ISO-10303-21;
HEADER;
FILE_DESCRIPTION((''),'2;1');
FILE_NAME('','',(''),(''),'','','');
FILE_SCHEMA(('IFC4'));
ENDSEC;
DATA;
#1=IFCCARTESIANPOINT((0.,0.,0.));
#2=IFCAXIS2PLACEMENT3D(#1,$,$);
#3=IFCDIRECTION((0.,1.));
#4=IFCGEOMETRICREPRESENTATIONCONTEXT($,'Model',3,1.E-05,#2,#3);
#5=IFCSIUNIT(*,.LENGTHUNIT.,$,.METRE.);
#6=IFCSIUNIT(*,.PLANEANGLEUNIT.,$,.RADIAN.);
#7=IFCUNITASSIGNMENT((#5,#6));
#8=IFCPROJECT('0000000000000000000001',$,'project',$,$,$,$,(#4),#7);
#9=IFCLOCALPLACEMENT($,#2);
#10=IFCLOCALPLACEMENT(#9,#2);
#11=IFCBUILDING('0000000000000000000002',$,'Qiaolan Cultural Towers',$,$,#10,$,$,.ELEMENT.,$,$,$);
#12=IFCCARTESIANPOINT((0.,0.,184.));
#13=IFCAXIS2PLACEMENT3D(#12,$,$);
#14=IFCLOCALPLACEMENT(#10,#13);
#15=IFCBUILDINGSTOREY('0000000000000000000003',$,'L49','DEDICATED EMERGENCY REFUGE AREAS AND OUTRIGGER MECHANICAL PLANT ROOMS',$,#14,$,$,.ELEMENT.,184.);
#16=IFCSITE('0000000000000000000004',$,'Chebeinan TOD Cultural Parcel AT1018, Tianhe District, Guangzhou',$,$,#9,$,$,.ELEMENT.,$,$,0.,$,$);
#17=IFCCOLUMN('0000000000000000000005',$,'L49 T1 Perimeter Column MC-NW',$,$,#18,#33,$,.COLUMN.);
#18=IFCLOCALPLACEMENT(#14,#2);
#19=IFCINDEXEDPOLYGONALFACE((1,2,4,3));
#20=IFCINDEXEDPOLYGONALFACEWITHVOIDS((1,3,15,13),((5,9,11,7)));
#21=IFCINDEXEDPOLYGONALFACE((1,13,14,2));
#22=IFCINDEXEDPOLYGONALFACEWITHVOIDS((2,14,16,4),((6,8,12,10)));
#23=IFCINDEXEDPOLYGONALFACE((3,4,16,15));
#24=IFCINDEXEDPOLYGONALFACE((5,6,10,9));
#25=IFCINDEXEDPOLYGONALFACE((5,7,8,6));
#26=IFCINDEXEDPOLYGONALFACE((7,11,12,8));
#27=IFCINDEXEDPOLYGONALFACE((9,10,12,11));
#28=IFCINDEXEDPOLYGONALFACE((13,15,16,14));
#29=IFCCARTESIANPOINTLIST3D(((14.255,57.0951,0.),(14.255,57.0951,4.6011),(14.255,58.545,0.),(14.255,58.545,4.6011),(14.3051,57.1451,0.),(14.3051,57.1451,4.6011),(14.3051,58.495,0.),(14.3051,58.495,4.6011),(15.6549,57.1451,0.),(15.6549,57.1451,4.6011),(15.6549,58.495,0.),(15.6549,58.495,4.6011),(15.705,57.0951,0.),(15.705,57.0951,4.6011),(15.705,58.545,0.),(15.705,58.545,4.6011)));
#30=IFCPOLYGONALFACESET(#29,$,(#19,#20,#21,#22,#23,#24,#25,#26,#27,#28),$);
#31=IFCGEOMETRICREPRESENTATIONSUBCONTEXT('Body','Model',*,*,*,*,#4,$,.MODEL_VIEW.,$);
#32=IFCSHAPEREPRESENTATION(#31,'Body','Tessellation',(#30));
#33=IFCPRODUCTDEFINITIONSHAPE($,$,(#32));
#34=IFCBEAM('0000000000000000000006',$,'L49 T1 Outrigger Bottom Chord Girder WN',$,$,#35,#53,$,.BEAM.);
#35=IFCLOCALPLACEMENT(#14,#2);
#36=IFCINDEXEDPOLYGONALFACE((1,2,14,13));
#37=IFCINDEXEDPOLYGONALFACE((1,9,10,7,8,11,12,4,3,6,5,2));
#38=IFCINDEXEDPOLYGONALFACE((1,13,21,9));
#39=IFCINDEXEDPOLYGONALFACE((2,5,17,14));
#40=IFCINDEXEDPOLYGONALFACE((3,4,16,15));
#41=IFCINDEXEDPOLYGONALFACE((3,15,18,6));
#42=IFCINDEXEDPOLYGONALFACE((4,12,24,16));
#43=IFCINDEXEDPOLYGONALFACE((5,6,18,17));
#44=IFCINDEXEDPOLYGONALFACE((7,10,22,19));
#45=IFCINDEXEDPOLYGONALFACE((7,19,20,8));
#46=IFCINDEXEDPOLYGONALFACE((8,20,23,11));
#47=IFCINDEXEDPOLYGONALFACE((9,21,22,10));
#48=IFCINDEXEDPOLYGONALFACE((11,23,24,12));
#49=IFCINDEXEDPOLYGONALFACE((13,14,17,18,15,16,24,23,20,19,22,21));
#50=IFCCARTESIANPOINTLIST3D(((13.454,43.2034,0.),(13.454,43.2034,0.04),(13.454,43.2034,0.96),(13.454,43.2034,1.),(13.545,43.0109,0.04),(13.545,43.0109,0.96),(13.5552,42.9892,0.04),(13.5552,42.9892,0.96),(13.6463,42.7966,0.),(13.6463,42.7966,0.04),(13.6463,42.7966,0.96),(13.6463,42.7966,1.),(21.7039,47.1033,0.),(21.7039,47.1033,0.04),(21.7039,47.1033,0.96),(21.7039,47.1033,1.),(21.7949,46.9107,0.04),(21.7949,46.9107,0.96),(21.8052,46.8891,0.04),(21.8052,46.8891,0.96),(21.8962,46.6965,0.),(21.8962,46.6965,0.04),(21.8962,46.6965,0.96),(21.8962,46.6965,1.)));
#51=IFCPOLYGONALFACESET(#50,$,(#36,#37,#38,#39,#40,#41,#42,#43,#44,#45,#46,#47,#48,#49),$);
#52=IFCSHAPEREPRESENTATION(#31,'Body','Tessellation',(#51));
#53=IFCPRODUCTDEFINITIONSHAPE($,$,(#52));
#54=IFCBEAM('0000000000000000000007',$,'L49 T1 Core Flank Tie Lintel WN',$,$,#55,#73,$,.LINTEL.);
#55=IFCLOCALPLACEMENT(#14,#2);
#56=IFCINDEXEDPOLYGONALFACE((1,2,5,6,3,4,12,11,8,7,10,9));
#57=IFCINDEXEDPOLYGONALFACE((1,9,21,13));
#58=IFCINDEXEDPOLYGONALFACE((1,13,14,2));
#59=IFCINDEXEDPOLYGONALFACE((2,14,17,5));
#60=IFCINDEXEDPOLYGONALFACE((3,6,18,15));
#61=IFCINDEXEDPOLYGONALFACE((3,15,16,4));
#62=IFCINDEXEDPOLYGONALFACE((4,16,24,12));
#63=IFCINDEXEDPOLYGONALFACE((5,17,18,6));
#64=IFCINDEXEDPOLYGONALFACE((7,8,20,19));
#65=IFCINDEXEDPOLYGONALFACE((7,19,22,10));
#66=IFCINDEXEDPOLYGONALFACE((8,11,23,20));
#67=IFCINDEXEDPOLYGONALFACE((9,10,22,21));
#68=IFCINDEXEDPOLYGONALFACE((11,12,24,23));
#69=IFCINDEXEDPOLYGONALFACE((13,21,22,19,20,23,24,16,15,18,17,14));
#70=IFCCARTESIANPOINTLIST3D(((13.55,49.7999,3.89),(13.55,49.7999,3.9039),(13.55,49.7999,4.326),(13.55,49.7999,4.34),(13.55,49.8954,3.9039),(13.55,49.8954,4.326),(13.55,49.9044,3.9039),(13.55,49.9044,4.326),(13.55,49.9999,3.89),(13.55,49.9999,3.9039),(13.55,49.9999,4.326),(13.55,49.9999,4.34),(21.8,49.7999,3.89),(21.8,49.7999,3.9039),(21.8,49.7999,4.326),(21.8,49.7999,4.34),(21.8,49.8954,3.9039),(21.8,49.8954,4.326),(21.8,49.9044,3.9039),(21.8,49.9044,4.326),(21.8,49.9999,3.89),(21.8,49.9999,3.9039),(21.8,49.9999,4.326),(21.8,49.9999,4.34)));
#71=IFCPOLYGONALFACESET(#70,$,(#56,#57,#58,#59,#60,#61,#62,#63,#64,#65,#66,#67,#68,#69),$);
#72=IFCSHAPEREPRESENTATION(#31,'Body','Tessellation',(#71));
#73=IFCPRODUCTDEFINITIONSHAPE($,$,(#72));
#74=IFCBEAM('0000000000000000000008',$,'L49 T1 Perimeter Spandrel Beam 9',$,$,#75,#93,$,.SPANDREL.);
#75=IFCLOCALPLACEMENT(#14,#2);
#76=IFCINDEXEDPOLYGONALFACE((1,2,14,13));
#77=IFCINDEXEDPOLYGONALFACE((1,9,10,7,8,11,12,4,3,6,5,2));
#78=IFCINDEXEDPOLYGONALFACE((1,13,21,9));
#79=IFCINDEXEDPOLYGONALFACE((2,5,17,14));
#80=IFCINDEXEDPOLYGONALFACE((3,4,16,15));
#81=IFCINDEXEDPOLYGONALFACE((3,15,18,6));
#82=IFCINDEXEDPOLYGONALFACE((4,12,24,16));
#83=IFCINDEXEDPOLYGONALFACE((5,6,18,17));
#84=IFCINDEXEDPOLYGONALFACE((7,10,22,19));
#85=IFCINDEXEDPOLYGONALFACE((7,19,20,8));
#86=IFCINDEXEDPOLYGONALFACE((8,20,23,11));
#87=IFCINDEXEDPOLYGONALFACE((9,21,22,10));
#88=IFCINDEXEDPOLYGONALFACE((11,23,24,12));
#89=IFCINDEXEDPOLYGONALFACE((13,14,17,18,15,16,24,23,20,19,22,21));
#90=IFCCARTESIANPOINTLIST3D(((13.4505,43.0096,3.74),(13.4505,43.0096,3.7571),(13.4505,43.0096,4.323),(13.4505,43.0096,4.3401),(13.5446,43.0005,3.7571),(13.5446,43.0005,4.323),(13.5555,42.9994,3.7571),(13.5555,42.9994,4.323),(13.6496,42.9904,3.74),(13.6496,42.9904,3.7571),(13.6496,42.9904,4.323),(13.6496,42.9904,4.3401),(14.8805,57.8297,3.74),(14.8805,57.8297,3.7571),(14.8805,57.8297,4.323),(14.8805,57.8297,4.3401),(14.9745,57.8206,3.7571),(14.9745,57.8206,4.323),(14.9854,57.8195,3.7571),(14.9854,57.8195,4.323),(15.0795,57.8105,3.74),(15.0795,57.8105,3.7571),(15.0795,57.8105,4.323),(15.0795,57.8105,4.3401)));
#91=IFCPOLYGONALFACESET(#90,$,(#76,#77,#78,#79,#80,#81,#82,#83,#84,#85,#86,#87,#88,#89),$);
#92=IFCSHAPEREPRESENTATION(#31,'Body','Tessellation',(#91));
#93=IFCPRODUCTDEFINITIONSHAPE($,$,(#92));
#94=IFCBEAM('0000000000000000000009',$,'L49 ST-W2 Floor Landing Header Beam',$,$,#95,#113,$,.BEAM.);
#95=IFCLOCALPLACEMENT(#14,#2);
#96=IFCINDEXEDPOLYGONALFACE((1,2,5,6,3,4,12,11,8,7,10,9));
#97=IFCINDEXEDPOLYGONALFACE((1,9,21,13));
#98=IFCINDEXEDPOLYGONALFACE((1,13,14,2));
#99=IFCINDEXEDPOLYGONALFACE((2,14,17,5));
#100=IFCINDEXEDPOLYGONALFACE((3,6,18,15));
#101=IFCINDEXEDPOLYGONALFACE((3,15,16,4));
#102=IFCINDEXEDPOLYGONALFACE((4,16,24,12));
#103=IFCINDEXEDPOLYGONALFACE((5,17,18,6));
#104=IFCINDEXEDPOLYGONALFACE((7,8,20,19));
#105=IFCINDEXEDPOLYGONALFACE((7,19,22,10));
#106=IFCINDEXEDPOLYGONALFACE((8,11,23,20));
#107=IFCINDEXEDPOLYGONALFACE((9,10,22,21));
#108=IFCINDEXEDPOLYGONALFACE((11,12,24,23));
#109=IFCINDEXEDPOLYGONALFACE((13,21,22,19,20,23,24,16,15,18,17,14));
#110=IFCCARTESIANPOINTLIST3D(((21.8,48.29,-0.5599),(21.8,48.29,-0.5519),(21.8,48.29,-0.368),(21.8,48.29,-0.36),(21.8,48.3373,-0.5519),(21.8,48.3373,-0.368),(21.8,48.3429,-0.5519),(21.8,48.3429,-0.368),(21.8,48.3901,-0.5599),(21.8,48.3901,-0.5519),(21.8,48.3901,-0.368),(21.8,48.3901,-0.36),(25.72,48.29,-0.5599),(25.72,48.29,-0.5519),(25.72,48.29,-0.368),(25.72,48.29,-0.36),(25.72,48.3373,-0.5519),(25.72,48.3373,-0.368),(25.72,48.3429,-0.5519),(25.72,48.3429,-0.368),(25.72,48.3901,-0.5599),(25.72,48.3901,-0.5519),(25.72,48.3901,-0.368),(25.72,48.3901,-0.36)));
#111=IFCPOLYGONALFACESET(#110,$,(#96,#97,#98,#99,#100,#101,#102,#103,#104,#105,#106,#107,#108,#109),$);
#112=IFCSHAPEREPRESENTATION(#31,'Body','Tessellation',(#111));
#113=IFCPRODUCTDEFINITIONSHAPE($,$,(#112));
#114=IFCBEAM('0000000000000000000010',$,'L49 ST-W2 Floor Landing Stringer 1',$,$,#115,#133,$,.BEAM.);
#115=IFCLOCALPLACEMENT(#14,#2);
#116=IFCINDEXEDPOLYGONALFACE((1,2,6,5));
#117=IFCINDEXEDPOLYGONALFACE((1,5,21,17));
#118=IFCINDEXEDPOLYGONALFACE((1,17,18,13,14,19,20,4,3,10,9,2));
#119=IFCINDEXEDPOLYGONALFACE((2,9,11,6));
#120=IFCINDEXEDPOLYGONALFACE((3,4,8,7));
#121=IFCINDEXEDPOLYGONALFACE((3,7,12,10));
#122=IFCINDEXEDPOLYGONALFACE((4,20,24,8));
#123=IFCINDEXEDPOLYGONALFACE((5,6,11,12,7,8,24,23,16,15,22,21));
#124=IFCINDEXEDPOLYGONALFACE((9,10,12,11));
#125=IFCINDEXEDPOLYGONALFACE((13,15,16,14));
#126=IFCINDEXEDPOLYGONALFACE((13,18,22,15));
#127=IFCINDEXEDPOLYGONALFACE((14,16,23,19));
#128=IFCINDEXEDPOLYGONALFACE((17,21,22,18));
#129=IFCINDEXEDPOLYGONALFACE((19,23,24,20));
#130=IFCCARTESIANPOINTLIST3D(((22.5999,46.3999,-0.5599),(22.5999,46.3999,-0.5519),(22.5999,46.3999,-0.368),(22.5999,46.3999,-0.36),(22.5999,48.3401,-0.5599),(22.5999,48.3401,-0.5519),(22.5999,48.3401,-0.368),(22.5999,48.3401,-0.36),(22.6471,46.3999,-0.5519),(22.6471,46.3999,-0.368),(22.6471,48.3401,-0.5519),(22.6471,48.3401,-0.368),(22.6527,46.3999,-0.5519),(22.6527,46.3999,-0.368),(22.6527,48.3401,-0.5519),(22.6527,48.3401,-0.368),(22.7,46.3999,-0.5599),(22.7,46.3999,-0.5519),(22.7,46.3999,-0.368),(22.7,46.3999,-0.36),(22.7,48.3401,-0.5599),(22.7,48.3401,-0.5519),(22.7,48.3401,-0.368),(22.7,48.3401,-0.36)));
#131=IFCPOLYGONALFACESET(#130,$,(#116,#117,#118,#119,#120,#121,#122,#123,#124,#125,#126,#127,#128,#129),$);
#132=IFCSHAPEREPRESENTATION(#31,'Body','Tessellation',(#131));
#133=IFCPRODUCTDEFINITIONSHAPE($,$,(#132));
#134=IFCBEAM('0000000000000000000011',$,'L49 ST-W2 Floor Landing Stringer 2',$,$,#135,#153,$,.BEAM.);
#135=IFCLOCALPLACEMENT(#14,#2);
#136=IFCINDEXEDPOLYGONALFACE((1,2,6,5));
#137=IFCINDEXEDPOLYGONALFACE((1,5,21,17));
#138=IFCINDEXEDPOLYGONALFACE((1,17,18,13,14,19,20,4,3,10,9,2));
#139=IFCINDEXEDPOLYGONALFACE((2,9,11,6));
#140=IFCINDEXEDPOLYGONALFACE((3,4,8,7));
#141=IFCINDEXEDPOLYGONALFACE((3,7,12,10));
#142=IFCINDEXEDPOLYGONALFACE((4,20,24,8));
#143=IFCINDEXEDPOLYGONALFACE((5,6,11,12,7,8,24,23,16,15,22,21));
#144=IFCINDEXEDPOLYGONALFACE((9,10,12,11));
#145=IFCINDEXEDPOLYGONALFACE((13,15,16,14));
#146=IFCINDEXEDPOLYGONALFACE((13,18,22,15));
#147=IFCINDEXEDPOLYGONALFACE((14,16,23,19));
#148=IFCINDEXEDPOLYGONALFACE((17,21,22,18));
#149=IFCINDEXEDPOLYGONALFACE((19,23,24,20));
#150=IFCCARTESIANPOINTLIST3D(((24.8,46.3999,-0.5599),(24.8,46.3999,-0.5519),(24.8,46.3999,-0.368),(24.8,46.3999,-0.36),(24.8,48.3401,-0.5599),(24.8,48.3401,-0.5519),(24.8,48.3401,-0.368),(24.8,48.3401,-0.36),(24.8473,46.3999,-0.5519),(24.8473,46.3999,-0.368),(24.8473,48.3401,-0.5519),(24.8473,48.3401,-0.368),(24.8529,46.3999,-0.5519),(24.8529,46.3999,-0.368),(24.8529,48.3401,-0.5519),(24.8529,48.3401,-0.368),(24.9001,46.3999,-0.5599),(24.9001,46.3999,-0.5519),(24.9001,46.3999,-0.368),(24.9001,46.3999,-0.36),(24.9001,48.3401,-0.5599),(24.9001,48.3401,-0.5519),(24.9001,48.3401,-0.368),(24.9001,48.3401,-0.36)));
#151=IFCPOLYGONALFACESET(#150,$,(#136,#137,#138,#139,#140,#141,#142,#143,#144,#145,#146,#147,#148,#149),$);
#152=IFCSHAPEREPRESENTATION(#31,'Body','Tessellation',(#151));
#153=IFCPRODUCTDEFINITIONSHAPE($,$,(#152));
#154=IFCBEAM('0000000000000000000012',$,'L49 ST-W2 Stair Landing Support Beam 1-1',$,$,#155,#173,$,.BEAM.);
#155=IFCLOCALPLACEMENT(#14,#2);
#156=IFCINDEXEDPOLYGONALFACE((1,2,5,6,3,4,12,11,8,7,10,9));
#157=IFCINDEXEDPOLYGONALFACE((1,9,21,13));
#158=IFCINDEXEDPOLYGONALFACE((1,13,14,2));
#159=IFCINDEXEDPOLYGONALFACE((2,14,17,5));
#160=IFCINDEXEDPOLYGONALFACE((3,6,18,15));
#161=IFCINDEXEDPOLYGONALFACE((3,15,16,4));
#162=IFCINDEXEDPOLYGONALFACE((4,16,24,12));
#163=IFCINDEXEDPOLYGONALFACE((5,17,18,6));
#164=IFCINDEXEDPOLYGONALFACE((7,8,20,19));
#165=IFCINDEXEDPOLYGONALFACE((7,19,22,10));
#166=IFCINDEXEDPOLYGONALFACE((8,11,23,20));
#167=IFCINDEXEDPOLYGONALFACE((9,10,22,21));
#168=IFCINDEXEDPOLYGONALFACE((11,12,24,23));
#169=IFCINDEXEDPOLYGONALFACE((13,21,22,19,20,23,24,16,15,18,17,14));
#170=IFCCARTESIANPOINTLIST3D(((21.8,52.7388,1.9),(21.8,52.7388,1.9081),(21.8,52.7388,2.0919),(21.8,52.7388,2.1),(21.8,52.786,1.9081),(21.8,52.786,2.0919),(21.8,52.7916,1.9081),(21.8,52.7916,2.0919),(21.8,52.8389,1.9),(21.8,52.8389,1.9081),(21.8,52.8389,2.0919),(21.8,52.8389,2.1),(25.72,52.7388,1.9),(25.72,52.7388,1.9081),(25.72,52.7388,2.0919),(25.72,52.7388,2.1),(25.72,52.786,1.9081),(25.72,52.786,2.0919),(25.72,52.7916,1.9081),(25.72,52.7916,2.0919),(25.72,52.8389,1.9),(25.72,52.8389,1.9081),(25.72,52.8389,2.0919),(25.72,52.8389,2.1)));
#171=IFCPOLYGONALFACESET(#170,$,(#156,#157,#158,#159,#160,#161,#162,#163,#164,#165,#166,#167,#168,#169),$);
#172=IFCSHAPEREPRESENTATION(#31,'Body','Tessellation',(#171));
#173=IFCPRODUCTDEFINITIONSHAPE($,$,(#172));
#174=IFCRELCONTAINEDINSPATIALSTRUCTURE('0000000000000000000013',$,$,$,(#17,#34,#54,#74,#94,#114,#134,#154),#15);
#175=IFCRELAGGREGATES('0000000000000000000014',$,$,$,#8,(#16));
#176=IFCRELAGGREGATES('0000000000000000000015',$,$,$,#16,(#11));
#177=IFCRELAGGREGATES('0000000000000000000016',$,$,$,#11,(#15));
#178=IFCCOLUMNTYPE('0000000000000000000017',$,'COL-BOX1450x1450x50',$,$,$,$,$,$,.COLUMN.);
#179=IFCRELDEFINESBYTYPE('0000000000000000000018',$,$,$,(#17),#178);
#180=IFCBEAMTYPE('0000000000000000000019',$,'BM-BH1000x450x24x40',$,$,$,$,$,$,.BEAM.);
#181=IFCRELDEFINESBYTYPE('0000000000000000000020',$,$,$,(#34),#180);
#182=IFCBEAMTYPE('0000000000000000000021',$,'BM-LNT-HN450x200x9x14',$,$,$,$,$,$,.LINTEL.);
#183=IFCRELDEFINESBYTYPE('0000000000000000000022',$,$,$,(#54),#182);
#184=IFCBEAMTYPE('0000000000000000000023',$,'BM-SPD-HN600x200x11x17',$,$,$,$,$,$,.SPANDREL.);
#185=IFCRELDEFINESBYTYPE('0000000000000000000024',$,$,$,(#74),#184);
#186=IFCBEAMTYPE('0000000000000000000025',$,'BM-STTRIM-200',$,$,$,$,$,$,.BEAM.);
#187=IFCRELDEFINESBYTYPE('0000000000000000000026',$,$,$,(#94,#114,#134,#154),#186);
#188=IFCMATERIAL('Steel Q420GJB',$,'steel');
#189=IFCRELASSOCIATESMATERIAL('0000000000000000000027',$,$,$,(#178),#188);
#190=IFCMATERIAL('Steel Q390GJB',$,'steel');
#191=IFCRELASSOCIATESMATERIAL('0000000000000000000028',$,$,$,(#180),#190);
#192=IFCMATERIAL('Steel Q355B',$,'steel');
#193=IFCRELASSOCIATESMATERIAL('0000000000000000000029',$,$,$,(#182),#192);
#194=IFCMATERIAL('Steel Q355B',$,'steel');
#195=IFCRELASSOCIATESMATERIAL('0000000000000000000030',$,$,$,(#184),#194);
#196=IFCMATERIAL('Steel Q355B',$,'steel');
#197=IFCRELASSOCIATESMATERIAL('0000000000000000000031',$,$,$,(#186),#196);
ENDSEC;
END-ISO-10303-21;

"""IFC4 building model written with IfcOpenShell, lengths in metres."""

from ifc_helpers import new_model, si_unit, direction, frame, origin, origin_2d, place, context, subcontext, project, spatial, hollow_rectangle, i_section, extrude, material, material_profile, profile_set, type_object, element, save


model = new_model("IFC4")

# Units and contexts
model_context = context("Model", 3, precision=1e-05, world=origin(), true_north=direction((0.0, 1.0)))
body_context = subcontext(model_context, "Body", "Model", "MODEL_VIEW")
ifc_project = project(units=[si_unit("LENGTHUNIT", "METRE"), si_unit("PLANEANGLEUNIT", "RADIAN")], contexts=[model_context])

# Site, building, storey
site_placement = place(None, origin())
site = spatial("IfcSite", under=ifc_project, at=site_placement, Name="Chebeinan TOD Cultural Parcel AT1018, Tianhe District, Guangzhou", CompositionType="ELEMENT", RefElevation=0.0)
building_placement = place(site_placement, origin())
building = spatial("IfcBuilding", under=site, at=building_placement, Name="Qiaolan Cultural Towers", CompositionType="ELEMENT")
storey_placement = place(building_placement, frame((0.0, 0.0, 184.0)))
storey = spatial("IfcBuildingStorey", under=building, at=storey_placement, Name="L49", Description="DEDICATED EMERGENCY REFUGE AREAS AND OUTRIGGER MECHANICAL PLANT ROOMS", CompositionType="ELEMENT", Elevation=184.0)

# Column
ifc_material_1 = material(Name="Steel Q420GJB", Category="steel")
ifc_material_profile_1 = material_profile(ifc_material_1, hollow_rectangle(XDim=1.45, YDim=1.45, WallThickness=0.05, at=origin_2d()), Name="BOX1450x1450x50")
ifc_profile_set_1 = profile_set([ifc_material_profile_1], Name="Steel Q420GJB")
column_type = type_object("IfcColumnType", Name="COL-BOX1450x1450x50", PredefinedType="COLUMN", material=ifc_profile_set_1)
column_placement = place(storey_placement, frame((14.98, 57.8201, 0.0), z_axis=(0.0, 0.0, 1.0), x_axis=(1.0, 0.0, 0.0)))
element("IfcColumn", 1, at=column_placement, inside=storey, type_object=column_type, Name="L49 T1 Perimeter Column MC-NW", PredefinedType="COLUMN", context=body_context, shape_type="SweptSolid", body=[
    extrude(hollow_rectangle(XDim=1.45, YDim=1.45, WallThickness=0.05, at=origin_2d()), origin(), (0.0, 0.0, 1.0), 4.6011),
])

# Beams
ifc_material_2 = material(Name="Steel Q390GJB", Category="steel")
ifc_material_profile_2 = material_profile(ifc_material_2, i_section(OverallWidth=0.45, OverallDepth=1.0, WebThickness=0.0239, FlangeThickness=0.04, at=origin_2d()), Name="BH1000x450x24x40")
ifc_profile_set_2 = profile_set([ifc_material_profile_2], Name="Steel Q390GJB")
beam_type_1 = type_object("IfcBeamType", Name="BM-BH1000x450x24x40", PredefinedType="BEAM", material=ifc_profile_set_2)
beam_1_placement = place(storey_placement, frame((21.8, 46.8999, 0.5), z_axis=(-0.904076, -0.427371, 0.0), x_axis=(0.427371, -0.904076, 0.0)))
element("IfcBeam", 2, at=beam_1_placement, inside=storey, type_object=beam_type_1, Name="L49 T1 Outrigger Bottom Chord Girder WN", PredefinedType="BEAM", context=body_context, shape_type="SweptSolid", body=[
    extrude(i_section(OverallWidth=0.45, OverallDepth=1.0, WebThickness=0.0239, FlangeThickness=0.04, at=origin_2d()), origin(), (0.0, 0.0, 1.0), 9.1252),
])
ifc_material_3 = material(Name="Steel Q355B", Category="steel")
ifc_material_profile_3 = material_profile(ifc_material_3, i_section(OverallWidth=0.2, OverallDepth=0.45, WebThickness=0.009, FlangeThickness=0.0139, at=origin_2d()), Name="HN450x200x9x14")
ifc_profile_set_3 = profile_set([ifc_material_profile_3], Name="Steel Q355B")
beam_type_2 = type_object("IfcBeamType", Name="BM-LNT-HN450x200x9x14", PredefinedType="LINTEL", material=ifc_profile_set_3)
beam_2_placement = place(storey_placement, frame((21.8, 49.8999, 4.115), z_axis=(-1.0, 0.0, 0.0), x_axis=(0.0, -1.0, 0.0)))
element("IfcBeam", 3, at=beam_2_placement, inside=storey, type_object=beam_type_2, Name="L49 T1 Core Flank Tie Lintel WN", PredefinedType="LINTEL", context=body_context, shape_type="SweptSolid", body=[
    extrude(i_section(OverallWidth=0.2, OverallDepth=0.45, WebThickness=0.009, FlangeThickness=0.0139, at=origin_2d()), origin(), (0.0, 0.0, 1.0), 8.25),
])
ifc_material_4 = material(Name="Steel Q355B", Category="steel")
ifc_material_profile_4 = material_profile(ifc_material_4, i_section(OverallWidth=0.2, OverallDepth=0.6001, WebThickness=0.011, FlangeThickness=0.0171, at=origin_2d()), Name="HN600x200x11x17")
ifc_profile_set_4 = profile_set([ifc_material_profile_4], Name="Steel Q355B")
beam_type_3 = type_object("IfcBeamType", Name="BM-SPD-HN600x200x11x17", PredefinedType="SPANDREL", material=ifc_profile_set_4)
beam_3_placement = place(storey_placement, frame((14.98, 57.8201, 4.04), z_axis=(-0.09604, -0.995377, 0.0), x_axis=(0.995377, -0.09604, 0.0)))
element("IfcBeam", 4, at=beam_3_placement, inside=storey, type_object=beam_type_3, Name="L49 T1 Perimeter Spandrel Beam 9", PredefinedType="SPANDREL", context=body_context, shape_type="SweptSolid", body=[
    extrude(i_section(OverallWidth=0.2, OverallDepth=0.6001, WebThickness=0.011, FlangeThickness=0.0171, at=origin_2d()), origin(), (0.0, 0.0, 1.0), 14.8889),
])
ifc_material_5 = material(Name="Steel Q355B", Category="steel")
ifc_material_profile_5 = material_profile(ifc_material_5, i_section(OverallWidth=0.1001, OverallDepth=0.2, WebThickness=0.0056, FlangeThickness=0.0081, at=origin_2d()), Name="HN200x100x5.5x8")
ifc_profile_set_5 = profile_set([ifc_material_profile_5], Name="Steel Q355B")
beam_type_4 = type_object("IfcBeamType", Name="BM-STTRIM-200", PredefinedType="BEAM", material=ifc_profile_set_5)
beam_4_placement = place(storey_placement, frame((21.8, 48.3401, -0.46), z_axis=(1.0, 0.0, 0.0), x_axis=(0.0, 1.0, 0.0)))
element("IfcBeam", 5, at=beam_4_placement, inside=storey, type_object=beam_type_4, Name="L49 ST-W2 Floor Landing Header Beam", PredefinedType="BEAM", context=body_context, shape_type="SweptSolid", body=[
    extrude(i_section(OverallWidth=0.1001, OverallDepth=0.2, WebThickness=0.0056, FlangeThickness=0.0081, at=origin_2d()), origin(), (0.0, 0.0, 1.0), 3.9199),
])
for number, where, z_axis, x_axis, name in (
    (6, (22.6499, 46.3999, -0.46), (0.0, 1.0, 0.0), (-1.0, 0.0, 0.0), "L49 ST-W2 Floor Landing Stringer 1"),
    (7, (24.8501, 46.3999, -0.46), (0.0, 1.0, 0.0), (-1.0, 0.0, 0.0), "L49 ST-W2 Floor Landing Stringer 2"),
):
    element("IfcBeam", number, at=place(storey_placement, frame(where, z_axis=z_axis, x_axis=x_axis)), inside=storey, type_object=beam_type_4, Name=name, PredefinedType="BEAM", context=body_context, shape_type="SweptSolid", body=[
        extrude(i_section(OverallWidth=0.1001, OverallDepth=0.2, WebThickness=0.0056, FlangeThickness=0.0081, at=origin_2d()), origin(), (0.0, 0.0, 1.0), 1.9402),
    ])
for number, where, z_axis, x_axis, name in (
    (8, (21.8, 52.7888, 2.0), (1.0, 0.0, 0.0), (0.0, 1.0, 0.0), "L49 ST-W2 Stair Landing Support Beam 1-1"),
):
    element("IfcBeam", number, at=place(storey_placement, frame(where, z_axis=z_axis, x_axis=x_axis)), inside=storey, type_object=beam_type_4, Name=name, PredefinedType="BEAM", context=body_context, shape_type="SweptSolid", body=[
        extrude(i_section(OverallWidth=0.1001, OverallDepth=0.2, WebThickness=0.0056, FlangeThickness=0.0081, at=origin_2d()), origin(), (0.0, 0.0, 1.0), 3.9199),
    ])

save(model, "model.ifc")
